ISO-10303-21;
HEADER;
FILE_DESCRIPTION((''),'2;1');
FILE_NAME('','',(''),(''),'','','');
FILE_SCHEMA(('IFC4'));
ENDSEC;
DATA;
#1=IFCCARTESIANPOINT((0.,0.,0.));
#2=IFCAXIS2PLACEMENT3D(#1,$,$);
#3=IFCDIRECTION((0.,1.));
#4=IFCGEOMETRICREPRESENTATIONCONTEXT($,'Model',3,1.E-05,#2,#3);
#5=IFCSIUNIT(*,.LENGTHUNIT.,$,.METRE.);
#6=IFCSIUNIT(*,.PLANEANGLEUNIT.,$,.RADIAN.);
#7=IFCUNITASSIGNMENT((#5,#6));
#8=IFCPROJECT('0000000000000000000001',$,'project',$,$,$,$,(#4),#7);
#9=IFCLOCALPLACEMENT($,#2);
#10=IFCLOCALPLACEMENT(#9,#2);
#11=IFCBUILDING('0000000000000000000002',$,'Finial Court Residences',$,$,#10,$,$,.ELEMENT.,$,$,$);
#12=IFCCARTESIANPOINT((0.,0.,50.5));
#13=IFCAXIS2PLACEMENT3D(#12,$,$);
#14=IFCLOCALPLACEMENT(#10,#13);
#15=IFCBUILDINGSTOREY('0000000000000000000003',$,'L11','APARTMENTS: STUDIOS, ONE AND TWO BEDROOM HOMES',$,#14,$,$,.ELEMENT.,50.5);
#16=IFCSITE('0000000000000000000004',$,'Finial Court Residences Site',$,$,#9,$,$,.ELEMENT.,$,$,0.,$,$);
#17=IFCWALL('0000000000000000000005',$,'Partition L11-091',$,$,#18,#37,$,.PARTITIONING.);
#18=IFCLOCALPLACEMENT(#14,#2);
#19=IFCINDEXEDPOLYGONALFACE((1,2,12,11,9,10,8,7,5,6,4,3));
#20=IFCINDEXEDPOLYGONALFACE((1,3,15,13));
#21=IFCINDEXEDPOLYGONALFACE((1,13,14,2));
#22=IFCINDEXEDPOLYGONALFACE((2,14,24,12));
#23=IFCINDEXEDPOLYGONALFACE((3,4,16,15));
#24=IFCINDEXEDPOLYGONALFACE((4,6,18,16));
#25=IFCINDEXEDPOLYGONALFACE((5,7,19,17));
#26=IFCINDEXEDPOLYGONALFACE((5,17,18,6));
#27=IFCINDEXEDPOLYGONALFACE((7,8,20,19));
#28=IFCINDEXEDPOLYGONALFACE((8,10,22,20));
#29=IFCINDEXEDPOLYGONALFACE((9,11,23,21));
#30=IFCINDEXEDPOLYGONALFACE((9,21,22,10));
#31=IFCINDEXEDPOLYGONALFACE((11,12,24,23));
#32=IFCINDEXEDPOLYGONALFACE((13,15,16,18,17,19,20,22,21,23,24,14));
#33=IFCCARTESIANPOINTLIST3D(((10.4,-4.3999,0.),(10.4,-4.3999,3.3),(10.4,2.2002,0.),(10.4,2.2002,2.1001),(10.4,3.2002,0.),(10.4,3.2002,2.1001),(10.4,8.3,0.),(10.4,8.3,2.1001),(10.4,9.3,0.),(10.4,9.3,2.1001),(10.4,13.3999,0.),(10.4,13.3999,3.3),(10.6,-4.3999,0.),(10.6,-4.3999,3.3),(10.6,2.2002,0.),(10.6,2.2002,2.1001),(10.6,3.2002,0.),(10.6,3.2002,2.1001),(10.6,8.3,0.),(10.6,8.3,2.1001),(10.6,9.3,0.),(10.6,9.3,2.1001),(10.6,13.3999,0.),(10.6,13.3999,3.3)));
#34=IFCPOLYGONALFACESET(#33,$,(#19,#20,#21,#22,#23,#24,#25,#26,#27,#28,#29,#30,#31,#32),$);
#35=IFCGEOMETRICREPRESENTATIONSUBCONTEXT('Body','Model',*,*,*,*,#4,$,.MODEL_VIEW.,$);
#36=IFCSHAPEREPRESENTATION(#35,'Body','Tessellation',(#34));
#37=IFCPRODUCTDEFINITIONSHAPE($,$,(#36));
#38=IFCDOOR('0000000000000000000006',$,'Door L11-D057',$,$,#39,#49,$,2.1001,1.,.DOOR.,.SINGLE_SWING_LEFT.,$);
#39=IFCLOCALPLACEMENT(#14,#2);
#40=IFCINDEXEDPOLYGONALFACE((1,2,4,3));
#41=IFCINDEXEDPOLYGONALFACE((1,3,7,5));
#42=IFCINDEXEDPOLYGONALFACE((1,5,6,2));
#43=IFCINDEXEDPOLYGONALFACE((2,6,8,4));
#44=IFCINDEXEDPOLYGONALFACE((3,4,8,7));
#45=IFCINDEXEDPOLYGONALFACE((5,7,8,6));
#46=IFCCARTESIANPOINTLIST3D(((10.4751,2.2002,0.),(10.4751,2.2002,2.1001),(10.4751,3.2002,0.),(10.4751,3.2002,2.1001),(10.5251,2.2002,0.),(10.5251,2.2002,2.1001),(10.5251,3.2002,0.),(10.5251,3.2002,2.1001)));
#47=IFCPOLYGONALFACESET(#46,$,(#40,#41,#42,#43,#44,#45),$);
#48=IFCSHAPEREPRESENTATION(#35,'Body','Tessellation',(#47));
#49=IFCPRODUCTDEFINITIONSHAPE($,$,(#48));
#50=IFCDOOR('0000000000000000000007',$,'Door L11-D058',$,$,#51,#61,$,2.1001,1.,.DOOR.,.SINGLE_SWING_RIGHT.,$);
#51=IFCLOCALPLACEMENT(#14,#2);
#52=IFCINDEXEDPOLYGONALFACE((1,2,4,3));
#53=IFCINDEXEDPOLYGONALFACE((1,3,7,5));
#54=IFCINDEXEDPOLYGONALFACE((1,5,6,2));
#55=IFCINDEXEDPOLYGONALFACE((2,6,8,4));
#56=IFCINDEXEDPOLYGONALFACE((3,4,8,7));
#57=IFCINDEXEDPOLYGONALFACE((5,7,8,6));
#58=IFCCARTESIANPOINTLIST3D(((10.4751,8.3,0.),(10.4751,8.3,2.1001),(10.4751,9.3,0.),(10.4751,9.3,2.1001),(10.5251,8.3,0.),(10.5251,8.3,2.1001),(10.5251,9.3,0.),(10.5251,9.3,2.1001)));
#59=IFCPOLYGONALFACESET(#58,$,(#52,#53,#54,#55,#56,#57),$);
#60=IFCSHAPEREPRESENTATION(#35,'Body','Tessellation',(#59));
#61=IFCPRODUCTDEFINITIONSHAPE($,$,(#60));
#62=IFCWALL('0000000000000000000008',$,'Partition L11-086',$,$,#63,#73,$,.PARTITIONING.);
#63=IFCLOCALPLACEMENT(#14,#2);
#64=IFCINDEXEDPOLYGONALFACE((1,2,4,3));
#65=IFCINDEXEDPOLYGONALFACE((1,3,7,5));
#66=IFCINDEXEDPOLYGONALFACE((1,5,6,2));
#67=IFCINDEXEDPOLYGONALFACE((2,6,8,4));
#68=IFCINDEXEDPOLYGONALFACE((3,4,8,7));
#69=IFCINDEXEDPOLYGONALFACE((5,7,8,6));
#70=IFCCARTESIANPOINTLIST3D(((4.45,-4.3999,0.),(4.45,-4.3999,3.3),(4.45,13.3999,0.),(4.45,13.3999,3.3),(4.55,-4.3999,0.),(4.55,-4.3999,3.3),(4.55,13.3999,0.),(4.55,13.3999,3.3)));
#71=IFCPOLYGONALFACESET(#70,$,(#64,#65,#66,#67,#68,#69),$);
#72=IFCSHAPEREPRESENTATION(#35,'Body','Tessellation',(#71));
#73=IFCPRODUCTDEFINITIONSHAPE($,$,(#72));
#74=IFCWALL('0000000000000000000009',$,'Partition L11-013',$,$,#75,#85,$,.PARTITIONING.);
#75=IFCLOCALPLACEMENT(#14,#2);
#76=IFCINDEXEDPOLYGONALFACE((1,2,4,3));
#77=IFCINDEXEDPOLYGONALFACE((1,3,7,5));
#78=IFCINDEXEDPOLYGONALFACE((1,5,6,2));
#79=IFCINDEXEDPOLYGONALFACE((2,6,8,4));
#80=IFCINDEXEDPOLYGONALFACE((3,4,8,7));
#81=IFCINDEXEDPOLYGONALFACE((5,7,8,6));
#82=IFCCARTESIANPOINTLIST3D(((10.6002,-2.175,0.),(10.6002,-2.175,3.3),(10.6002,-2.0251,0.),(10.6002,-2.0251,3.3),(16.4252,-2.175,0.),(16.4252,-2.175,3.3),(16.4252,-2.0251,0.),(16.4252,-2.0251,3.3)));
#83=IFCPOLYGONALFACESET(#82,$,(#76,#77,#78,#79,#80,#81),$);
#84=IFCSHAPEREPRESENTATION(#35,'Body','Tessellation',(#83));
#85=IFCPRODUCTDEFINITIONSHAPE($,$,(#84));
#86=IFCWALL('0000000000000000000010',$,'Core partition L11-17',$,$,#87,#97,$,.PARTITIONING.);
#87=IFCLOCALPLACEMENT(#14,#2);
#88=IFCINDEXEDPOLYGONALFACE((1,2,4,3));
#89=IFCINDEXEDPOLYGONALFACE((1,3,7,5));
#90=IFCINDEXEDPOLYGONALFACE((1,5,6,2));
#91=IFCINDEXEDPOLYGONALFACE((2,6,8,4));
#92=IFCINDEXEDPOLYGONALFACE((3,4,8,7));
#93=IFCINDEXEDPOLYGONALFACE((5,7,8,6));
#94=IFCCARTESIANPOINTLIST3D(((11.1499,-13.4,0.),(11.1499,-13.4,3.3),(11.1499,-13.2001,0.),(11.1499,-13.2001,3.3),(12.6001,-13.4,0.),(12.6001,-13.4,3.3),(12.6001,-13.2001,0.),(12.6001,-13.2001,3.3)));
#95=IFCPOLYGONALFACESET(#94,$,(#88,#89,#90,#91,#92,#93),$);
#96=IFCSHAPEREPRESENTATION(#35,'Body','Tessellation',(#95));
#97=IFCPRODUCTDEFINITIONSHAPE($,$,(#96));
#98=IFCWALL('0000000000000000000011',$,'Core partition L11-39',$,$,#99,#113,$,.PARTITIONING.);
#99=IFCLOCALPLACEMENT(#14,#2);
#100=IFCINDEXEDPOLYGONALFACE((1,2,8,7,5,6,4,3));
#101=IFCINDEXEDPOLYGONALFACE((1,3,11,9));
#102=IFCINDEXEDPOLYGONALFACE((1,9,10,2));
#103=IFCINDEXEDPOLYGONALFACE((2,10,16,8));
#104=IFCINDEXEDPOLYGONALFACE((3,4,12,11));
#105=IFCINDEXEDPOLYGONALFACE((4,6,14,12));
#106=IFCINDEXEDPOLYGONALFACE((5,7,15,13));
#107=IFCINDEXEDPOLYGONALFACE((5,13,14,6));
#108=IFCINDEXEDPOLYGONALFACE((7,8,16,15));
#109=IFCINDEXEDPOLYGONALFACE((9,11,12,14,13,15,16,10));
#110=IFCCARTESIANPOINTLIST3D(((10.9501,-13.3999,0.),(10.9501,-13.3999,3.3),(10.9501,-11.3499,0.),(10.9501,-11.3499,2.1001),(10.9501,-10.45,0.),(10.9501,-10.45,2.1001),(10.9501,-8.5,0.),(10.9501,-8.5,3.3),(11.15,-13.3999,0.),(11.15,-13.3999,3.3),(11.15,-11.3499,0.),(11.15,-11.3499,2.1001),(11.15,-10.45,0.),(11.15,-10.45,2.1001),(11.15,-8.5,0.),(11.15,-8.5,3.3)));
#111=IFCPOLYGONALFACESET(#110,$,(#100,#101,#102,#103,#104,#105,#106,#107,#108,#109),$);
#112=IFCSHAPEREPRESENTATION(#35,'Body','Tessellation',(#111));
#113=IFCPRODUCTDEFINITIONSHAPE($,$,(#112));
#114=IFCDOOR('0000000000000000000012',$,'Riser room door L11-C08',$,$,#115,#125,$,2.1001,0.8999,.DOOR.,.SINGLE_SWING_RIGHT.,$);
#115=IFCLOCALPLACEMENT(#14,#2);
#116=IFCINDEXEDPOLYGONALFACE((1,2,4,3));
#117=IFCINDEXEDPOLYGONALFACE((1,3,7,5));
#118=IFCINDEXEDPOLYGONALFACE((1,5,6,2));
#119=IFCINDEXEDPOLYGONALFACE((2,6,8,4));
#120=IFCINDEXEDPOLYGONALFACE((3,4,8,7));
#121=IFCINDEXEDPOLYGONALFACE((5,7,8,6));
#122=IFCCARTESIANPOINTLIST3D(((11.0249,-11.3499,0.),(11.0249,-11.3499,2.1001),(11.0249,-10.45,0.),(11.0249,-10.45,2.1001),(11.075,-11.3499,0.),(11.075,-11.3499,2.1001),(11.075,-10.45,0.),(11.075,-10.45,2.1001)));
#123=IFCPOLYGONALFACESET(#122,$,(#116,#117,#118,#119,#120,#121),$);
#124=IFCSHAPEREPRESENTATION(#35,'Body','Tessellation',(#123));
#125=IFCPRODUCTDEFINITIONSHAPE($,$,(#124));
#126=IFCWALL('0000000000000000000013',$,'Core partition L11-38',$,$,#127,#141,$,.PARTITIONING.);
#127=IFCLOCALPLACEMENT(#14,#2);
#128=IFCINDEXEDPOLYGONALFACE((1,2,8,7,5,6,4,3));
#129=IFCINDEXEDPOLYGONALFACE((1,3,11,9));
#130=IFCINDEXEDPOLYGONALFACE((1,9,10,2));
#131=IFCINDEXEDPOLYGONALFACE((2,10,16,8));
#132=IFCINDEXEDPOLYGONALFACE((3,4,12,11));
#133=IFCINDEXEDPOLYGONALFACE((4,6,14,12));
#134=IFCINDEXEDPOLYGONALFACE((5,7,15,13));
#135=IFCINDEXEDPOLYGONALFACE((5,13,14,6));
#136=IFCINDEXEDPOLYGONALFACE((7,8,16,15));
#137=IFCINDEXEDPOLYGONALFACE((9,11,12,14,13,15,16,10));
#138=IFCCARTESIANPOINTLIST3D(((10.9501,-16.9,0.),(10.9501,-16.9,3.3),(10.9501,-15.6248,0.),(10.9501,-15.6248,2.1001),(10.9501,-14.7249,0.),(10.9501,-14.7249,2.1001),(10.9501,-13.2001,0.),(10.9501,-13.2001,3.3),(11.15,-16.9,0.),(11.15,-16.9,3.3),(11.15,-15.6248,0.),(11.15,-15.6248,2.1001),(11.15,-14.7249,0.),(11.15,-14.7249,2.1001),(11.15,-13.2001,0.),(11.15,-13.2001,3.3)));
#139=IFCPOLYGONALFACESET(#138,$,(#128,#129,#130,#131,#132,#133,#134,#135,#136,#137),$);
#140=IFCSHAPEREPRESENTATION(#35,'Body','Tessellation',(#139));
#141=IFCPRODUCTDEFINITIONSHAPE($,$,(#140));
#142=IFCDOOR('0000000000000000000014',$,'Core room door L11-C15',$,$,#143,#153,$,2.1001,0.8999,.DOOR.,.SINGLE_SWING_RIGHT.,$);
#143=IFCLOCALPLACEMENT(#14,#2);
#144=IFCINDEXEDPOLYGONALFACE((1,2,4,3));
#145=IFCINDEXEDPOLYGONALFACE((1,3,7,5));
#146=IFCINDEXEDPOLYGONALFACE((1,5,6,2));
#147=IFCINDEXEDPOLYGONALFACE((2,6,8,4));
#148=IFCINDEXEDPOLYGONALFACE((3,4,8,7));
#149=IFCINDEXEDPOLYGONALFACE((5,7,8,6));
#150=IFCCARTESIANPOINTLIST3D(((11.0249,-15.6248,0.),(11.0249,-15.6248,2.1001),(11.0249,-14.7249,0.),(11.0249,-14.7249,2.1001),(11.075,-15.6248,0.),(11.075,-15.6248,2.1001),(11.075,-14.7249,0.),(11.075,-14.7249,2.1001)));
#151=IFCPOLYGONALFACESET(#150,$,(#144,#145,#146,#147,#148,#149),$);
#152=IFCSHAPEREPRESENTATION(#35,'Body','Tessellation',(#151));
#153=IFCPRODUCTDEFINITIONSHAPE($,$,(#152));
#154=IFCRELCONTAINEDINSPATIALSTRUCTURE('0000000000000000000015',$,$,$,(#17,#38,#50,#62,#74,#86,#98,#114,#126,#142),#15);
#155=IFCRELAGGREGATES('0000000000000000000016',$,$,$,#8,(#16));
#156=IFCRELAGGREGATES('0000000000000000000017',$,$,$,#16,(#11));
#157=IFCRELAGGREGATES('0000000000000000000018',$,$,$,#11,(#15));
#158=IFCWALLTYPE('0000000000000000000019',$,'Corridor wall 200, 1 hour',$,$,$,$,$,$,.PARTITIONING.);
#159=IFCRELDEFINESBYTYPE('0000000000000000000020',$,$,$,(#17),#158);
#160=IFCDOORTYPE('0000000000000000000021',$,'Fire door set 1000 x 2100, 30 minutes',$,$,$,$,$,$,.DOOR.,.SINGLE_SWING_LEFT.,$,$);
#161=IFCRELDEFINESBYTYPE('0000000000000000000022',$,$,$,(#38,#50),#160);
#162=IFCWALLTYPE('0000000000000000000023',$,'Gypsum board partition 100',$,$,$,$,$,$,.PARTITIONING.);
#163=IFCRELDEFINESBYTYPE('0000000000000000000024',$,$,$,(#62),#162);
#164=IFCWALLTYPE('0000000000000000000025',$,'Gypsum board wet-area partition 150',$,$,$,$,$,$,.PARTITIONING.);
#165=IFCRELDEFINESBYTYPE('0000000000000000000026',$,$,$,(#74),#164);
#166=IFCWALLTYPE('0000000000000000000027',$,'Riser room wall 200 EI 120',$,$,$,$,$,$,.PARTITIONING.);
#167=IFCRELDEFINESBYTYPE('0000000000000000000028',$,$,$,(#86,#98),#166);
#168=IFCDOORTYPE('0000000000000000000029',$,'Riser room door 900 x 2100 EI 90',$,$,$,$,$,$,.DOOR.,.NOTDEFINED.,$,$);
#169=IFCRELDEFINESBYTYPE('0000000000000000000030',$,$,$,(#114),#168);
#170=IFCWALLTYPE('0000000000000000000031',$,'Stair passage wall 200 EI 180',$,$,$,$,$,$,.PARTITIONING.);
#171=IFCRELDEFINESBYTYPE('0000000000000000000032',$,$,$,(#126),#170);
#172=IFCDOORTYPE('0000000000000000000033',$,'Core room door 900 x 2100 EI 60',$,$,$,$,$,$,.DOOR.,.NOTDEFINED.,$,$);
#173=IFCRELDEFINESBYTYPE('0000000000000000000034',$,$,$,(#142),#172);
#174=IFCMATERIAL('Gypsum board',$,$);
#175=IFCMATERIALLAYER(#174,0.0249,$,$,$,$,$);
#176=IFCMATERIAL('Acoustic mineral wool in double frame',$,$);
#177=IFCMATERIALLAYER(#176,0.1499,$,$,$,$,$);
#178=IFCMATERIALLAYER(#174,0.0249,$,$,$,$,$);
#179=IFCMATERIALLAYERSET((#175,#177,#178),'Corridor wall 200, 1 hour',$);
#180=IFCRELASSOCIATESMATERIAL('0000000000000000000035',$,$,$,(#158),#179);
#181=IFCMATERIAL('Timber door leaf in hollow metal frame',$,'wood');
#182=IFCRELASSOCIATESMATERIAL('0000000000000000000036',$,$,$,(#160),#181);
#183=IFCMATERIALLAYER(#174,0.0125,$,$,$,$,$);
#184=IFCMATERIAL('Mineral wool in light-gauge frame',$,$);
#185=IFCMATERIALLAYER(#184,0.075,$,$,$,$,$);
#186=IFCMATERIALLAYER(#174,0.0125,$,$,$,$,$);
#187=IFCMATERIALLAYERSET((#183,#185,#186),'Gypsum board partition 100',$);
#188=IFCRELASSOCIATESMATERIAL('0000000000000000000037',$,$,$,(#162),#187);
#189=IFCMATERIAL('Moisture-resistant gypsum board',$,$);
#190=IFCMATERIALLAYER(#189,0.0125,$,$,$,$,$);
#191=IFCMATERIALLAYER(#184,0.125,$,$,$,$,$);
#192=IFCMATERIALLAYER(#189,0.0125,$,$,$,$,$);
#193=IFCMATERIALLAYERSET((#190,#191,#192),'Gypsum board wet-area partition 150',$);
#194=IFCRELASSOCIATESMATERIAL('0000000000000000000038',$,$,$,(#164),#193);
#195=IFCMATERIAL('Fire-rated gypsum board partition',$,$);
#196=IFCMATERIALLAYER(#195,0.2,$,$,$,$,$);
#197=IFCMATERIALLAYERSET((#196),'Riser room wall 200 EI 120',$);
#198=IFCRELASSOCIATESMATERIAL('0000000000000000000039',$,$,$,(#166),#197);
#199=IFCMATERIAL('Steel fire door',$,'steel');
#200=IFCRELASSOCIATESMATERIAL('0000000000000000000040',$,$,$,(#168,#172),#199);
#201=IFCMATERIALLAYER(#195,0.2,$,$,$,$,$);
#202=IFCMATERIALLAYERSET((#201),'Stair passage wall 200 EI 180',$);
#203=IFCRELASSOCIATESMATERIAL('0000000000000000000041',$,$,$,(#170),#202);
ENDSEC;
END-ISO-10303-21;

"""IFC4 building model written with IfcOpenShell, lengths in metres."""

from ifc_helpers import new_model, si_unit, direction, frame, frame_2d, origin, place, context, subcontext, project, spatial, rectangle, extrude, material, layer, layer_set, type_object, element, fill, save


model = new_model("IFC4")

# Units and contexts
model_context = context("Model", 3, precision=1e-05, world=origin(), true_north=direction((0.0, 1.0)))
body_context = subcontext(model_context, "Body", "Model", "MODEL_VIEW")
ifc_project = project(units=[si_unit("LENGTHUNIT", "METRE"), si_unit("PLANEANGLEUNIT", "RADIAN")], contexts=[model_context])

# Site, building, storey
site_placement = place(None, origin())
site = spatial("IfcSite", under=ifc_project, at=site_placement, Name="Finial Court Residences Site", CompositionType="ELEMENT", RefElevation=0.0)
building_placement = place(site_placement, origin())
building = spatial("IfcBuilding", under=site, at=building_placement, Name="Finial Court Residences", CompositionType="ELEMENT")
storey_placement = place(building_placement, frame((0.0, 0.0, 50.5)))
storey = spatial("IfcBuildingStorey", under=building, at=storey_placement, Name="L11", Description="APARTMENTS: STUDIOS, ONE AND TWO BEDROOM HOMES", CompositionType="ELEMENT", Elevation=50.5)

# Shared definitions
ifc_material_1 = material(Name="Fire-rated gypsum board partition")
ifc_material_2 = material(Name="Steel fire door", Category="steel")
ifc_material_3 = material(Name="Gypsum board")
ifc_layer_1 = layer(ifc_material_3, 0.0249)
ifc_material_4 = material(Name="Acoustic mineral wool in double frame")
ifc_layer_2 = layer(ifc_material_4, 0.1499)
ifc_layer_3 = layer(ifc_material_3, 0.0249)
ifc_layer_set_1 = layer_set([ifc_layer_1, ifc_layer_2, ifc_layer_3], Name="Corridor wall 200, 1 hour")
wall_type_1 = type_object("IfcWallType", Name="Corridor wall 200, 1 hour", PredefinedType="PARTITIONING", material=ifc_layer_set_1)
ifc_material_5 = material(Name="Timber door leaf in hollow metal frame", Category="wood")
door_type_1 = type_object("IfcDoorType", Name="Fire door set 1000 x 2100, 30 minutes", OperationType="SINGLE_SWING_LEFT", PredefinedType="DOOR", material=ifc_material_5)

# Wall, openings, doors
wall_1_placement = place(storey_placement, frame((10.5, -4.3999, 0.0), z_axis=(0.0, 0.0, 1.0), x_axis=(0.0, 1.0, 0.0)))
wall_1 = element("IfcWall", 1, at=wall_1_placement, inside=storey, type_object=wall_type_1, Name="Partition L11-091", PredefinedType="PARTITIONING", context=body_context, shape_type="SweptSolid", body=[
    extrude(rectangle(XDim=17.7998, YDim=0.2, at=frame_2d((8.8999, 0.0))), origin(), (0.0, 0.0, 1.0), 3.3),
])
opening_1_placement = place(wall_1_placement, frame((6.6001, 0.0, 0.0)))
opening_1 = element("IfcOpeningElement", 2, at=opening_1_placement, cuts=wall_1, PredefinedType="OPENING", context=body_context, shape_type="SweptSolid", body=[
    extrude(rectangle(XDim=1.0, YDim=2.1001, at=frame_2d((0.5, 1.05))), frame((0.0, 0.1099, 0.0), z_axis=(0.0, -1.0, 0.0), x_axis=(1.0, 0.0, 0.0)), (0.0, 0.0, 1.0), 0.22),
])
opening_2_placement = place(wall_1_placement, frame((12.7, 0.0, 0.0)))
opening_2 = element("IfcOpeningElement", 3, at=opening_2_placement, cuts=wall_1, PredefinedType="OPENING", context=body_context, shape_type="SweptSolid", body=[
    extrude(rectangle(XDim=1.0, YDim=2.1001, at=frame_2d((0.5, 1.05))), frame((0.0, 0.1099, 0.0), z_axis=(0.0, -1.0, 0.0), x_axis=(1.0, 0.0, 0.0)), (0.0, 0.0, 1.0), 0.22),
])
door_1_placement = place(opening_1_placement, origin())
door_1 = element("IfcDoor", 4, at=door_1_placement, inside=storey, type_object=door_type_1, Name="Door L11-D057", OperationType="SINGLE_SWING_LEFT", OverallHeight=2.1001, OverallWidth=1.0, PredefinedType="DOOR", context=body_context, shape_type="SweptSolid", body=[
    extrude(rectangle(XDim=1.0, YDim=2.1001, at=frame_2d((0.5, 1.05))), frame((0.0, 0.0249, 0.0), z_axis=(0.0, -1.0, 0.0), x_axis=(1.0, 0.0, 0.0)), (0.0, 0.0, 1.0), 0.05),
])
fill(opening_1, door_1)
door_2_placement = place(opening_2_placement, origin())
door_2 = element("IfcDoor", 5, at=door_2_placement, inside=storey, type_object=door_type_1, Name="Door L11-D058", OperationType="SINGLE_SWING_RIGHT", OverallHeight=2.1001, OverallWidth=1.0, PredefinedType="DOOR", context=body_context, shape_type="SweptSolid", body=[
    extrude(rectangle(XDim=1.0, YDim=2.1001, at=frame_2d((0.5, 1.05))), frame((0.0, 0.0249, 0.0), z_axis=(0.0, -1.0, 0.0), x_axis=(1.0, 0.0, 0.0)), (0.0, 0.0, 1.0), 0.05),
])
fill(opening_2, door_2)

# Walls
ifc_layer_4 = layer(ifc_material_3, 0.0125)
ifc_material_6 = material(Name="Mineral wool in light-gauge frame")
ifc_layer_5 = layer(ifc_material_6, 0.075)
ifc_layer_6 = layer(ifc_material_3, 0.0125)
ifc_layer_set_2 = layer_set([ifc_layer_4, ifc_layer_5, ifc_layer_6], Name="Gypsum board partition 100")
wall_type_2 = type_object("IfcWallType", Name="Gypsum board partition 100", PredefinedType="PARTITIONING", material=ifc_layer_set_2)
wall_2_placement = place(storey_placement, frame((4.5, -4.3999, 0.0), z_axis=(0.0, 0.0, 1.0), x_axis=(0.0, 1.0, 0.0)))
element("IfcWall", 6, at=wall_2_placement, inside=storey, type_object=wall_type_2, Name="Partition L11-086", PredefinedType="PARTITIONING", context=body_context, shape_type="SweptSolid", body=[
    extrude(rectangle(XDim=17.7998, YDim=0.1001, at=frame_2d((8.8999, 0.0))), origin(), (0.0, 0.0, 1.0), 3.3),
])
ifc_material_7 = material(Name="Moisture-resistant gypsum board")
ifc_layer_7 = layer(ifc_material_7, 0.0125)
ifc_layer_8 = layer(ifc_material_6, 0.125)
ifc_layer_9 = layer(ifc_material_7, 0.0125)
ifc_layer_set_3 = layer_set([ifc_layer_7, ifc_layer_8, ifc_layer_9], Name="Gypsum board wet-area partition 150")
wall_type_3 = type_object("IfcWallType", Name="Gypsum board wet-area partition 150", PredefinedType="PARTITIONING", material=ifc_layer_set_3)
wall_3_placement = place(storey_placement, frame((10.6001, -2.1001, 0.0), z_axis=(0.0, 0.0, 1.0), x_axis=(1.0, 0.0, 0.0)))
element("IfcWall", 7, at=wall_3_placement, inside=storey, type_object=wall_type_3, Name="Partition L11-013", PredefinedType="PARTITIONING", context=body_context, shape_type="SweptSolid", body=[
    extrude(rectangle(XDim=5.825, YDim=0.1499, at=frame_2d((2.9126, 0.0))), origin(), (0.0, 0.0, 1.0), 3.3),
])
ifc_layer_10 = layer(ifc_material_1, 0.2)
ifc_layer_set_4 = layer_set([ifc_layer_10], Name="Riser room wall 200 EI 120")
wall_type_4 = type_object("IfcWallType", Name="Riser room wall 200 EI 120", PredefinedType="PARTITIONING", material=ifc_layer_set_4)
wall_4_placement = place(storey_placement, frame((11.1499, -13.3, 0.0), z_axis=(0.0, 0.0, 1.0), x_axis=(1.0, 0.0, 0.0)))
element("IfcWall", 8, at=wall_4_placement, inside=storey, type_object=wall_type_4, Name="Core partition L11-17", PredefinedType="PARTITIONING", context=body_context, shape_type="SweptSolid", body=[
    extrude(rectangle(XDim=1.4502, YDim=0.2, at=frame_2d((0.7251, 0.0))), origin(), (0.0, 0.0, 1.0), 3.3),
])

# Walls, openings, doors
wall_5_placement = place(storey_placement, frame((11.05, -8.5, 0.0), z_axis=(0.0, 0.0, 1.0), x_axis=(0.0, -1.0, 0.0)))
wall_5 = element("IfcWall", 9, at=wall_5_placement, inside=storey, type_object=wall_type_4, Name="Core partition L11-39", PredefinedType="PARTITIONING", context=body_context, shape_type="SweptSolid", body=[
    extrude(rectangle(XDim=4.8999, YDim=0.2, at=frame_2d((2.45, 0.0))), origin(), (0.0, 0.0, 1.0), 3.3),
])
opening_3_placement = place(wall_5_placement, frame((1.95, 0.0, 0.0)))
opening_3 = element("IfcOpeningElement", 10, at=opening_3_placement, cuts=wall_5, PredefinedType="OPENING", context=body_context, shape_type="SweptSolid", body=[
    extrude(rectangle(XDim=0.8999, YDim=2.1001, at=frame_2d((0.45, 1.05))), frame((0.0, 0.1099, 0.0), z_axis=(0.0, -1.0, 0.0), x_axis=(1.0, 0.0, 0.0)), (0.0, 0.0, 1.0), 0.22),
])
door_type_2 = type_object("IfcDoorType", Name="Riser room door 900 x 2100 EI 90", OperationType="NOTDEFINED", PredefinedType="DOOR", material=ifc_material_2)
door_3_placement = place(opening_3_placement, origin())
door_3 = element("IfcDoor", 11, at=door_3_placement, inside=storey, type_object=door_type_2, Name="Riser room door L11-C08", OperationType="SINGLE_SWING_RIGHT", OverallHeight=2.1001, OverallWidth=0.8999, PredefinedType="DOOR", context=body_context, shape_type="SweptSolid", body=[
    extrude(rectangle(XDim=0.8999, YDim=2.1001, at=frame_2d((0.45, 1.05))), frame((0.0, 0.0249, 0.0), z_axis=(0.0, -1.0, 0.0), x_axis=(1.0, 0.0, 0.0)), (0.0, 0.0, 1.0), 0.05),
])
fill(opening_3, door_3)
ifc_layer_11 = layer(ifc_material_1, 0.2)
ifc_layer_set_5 = layer_set([ifc_layer_11], Name="Stair passage wall 200 EI 180")
wall_type_5 = type_object("IfcWallType", Name="Stair passage wall 200 EI 180", PredefinedType="PARTITIONING", material=ifc_layer_set_5)
wall_6_placement = place(storey_placement, frame((11.05, -13.2, 0.0), z_axis=(0.0, 0.0, 1.0), x_axis=(0.0, -1.0, 0.0)))
wall_6 = element("IfcWall", 12, at=wall_6_placement, inside=storey, type_object=wall_type_5, Name="Core partition L11-38", PredefinedType="PARTITIONING", context=body_context, shape_type="SweptSolid", body=[
    extrude(rectangle(XDim=3.7, YDim=0.2, at=frame_2d((1.8501, 0.0))), origin(), (0.0, 0.0, 1.0), 3.3),
])
opening_4_placement = place(wall_6_placement, frame((1.5249, 0.0, 0.0)))
opening_4 = element("IfcOpeningElement", 13, at=opening_4_placement, cuts=wall_6, PredefinedType="OPENING", context=body_context, shape_type="SweptSolid", body=[
    extrude(rectangle(XDim=0.8999, YDim=2.1001, at=frame_2d((0.45, 1.05))), frame((0.0, 0.1099, 0.0), z_axis=(0.0, -1.0, 0.0), x_axis=(1.0, 0.0, 0.0)), (0.0, 0.0, 1.0), 0.22),
])
door_type_3 = type_object("IfcDoorType", Name="Core room door 900 x 2100 EI 60", OperationType="NOTDEFINED", PredefinedType="DOOR", material=ifc_material_2)
door_4_placement = place(opening_4_placement, origin())
door_4 = element("IfcDoor", 14, at=door_4_placement, inside=storey, type_object=door_type_3, Name="Core room door L11-C15", OperationType="SINGLE_SWING_RIGHT", OverallHeight=2.1001, OverallWidth=0.8999, PredefinedType="DOOR", context=body_context, shape_type="SweptSolid", body=[
    extrude(rectangle(XDim=0.8999, YDim=2.1001, at=frame_2d((0.45, 1.05))), frame((0.0, 0.0249, 0.0), z_axis=(0.0, -1.0, 0.0), x_axis=(1.0, 0.0, 0.0)), (0.0, 0.0, 1.0), 0.05),
])
fill(opening_4, door_4)

save(model, "model.ifc")
